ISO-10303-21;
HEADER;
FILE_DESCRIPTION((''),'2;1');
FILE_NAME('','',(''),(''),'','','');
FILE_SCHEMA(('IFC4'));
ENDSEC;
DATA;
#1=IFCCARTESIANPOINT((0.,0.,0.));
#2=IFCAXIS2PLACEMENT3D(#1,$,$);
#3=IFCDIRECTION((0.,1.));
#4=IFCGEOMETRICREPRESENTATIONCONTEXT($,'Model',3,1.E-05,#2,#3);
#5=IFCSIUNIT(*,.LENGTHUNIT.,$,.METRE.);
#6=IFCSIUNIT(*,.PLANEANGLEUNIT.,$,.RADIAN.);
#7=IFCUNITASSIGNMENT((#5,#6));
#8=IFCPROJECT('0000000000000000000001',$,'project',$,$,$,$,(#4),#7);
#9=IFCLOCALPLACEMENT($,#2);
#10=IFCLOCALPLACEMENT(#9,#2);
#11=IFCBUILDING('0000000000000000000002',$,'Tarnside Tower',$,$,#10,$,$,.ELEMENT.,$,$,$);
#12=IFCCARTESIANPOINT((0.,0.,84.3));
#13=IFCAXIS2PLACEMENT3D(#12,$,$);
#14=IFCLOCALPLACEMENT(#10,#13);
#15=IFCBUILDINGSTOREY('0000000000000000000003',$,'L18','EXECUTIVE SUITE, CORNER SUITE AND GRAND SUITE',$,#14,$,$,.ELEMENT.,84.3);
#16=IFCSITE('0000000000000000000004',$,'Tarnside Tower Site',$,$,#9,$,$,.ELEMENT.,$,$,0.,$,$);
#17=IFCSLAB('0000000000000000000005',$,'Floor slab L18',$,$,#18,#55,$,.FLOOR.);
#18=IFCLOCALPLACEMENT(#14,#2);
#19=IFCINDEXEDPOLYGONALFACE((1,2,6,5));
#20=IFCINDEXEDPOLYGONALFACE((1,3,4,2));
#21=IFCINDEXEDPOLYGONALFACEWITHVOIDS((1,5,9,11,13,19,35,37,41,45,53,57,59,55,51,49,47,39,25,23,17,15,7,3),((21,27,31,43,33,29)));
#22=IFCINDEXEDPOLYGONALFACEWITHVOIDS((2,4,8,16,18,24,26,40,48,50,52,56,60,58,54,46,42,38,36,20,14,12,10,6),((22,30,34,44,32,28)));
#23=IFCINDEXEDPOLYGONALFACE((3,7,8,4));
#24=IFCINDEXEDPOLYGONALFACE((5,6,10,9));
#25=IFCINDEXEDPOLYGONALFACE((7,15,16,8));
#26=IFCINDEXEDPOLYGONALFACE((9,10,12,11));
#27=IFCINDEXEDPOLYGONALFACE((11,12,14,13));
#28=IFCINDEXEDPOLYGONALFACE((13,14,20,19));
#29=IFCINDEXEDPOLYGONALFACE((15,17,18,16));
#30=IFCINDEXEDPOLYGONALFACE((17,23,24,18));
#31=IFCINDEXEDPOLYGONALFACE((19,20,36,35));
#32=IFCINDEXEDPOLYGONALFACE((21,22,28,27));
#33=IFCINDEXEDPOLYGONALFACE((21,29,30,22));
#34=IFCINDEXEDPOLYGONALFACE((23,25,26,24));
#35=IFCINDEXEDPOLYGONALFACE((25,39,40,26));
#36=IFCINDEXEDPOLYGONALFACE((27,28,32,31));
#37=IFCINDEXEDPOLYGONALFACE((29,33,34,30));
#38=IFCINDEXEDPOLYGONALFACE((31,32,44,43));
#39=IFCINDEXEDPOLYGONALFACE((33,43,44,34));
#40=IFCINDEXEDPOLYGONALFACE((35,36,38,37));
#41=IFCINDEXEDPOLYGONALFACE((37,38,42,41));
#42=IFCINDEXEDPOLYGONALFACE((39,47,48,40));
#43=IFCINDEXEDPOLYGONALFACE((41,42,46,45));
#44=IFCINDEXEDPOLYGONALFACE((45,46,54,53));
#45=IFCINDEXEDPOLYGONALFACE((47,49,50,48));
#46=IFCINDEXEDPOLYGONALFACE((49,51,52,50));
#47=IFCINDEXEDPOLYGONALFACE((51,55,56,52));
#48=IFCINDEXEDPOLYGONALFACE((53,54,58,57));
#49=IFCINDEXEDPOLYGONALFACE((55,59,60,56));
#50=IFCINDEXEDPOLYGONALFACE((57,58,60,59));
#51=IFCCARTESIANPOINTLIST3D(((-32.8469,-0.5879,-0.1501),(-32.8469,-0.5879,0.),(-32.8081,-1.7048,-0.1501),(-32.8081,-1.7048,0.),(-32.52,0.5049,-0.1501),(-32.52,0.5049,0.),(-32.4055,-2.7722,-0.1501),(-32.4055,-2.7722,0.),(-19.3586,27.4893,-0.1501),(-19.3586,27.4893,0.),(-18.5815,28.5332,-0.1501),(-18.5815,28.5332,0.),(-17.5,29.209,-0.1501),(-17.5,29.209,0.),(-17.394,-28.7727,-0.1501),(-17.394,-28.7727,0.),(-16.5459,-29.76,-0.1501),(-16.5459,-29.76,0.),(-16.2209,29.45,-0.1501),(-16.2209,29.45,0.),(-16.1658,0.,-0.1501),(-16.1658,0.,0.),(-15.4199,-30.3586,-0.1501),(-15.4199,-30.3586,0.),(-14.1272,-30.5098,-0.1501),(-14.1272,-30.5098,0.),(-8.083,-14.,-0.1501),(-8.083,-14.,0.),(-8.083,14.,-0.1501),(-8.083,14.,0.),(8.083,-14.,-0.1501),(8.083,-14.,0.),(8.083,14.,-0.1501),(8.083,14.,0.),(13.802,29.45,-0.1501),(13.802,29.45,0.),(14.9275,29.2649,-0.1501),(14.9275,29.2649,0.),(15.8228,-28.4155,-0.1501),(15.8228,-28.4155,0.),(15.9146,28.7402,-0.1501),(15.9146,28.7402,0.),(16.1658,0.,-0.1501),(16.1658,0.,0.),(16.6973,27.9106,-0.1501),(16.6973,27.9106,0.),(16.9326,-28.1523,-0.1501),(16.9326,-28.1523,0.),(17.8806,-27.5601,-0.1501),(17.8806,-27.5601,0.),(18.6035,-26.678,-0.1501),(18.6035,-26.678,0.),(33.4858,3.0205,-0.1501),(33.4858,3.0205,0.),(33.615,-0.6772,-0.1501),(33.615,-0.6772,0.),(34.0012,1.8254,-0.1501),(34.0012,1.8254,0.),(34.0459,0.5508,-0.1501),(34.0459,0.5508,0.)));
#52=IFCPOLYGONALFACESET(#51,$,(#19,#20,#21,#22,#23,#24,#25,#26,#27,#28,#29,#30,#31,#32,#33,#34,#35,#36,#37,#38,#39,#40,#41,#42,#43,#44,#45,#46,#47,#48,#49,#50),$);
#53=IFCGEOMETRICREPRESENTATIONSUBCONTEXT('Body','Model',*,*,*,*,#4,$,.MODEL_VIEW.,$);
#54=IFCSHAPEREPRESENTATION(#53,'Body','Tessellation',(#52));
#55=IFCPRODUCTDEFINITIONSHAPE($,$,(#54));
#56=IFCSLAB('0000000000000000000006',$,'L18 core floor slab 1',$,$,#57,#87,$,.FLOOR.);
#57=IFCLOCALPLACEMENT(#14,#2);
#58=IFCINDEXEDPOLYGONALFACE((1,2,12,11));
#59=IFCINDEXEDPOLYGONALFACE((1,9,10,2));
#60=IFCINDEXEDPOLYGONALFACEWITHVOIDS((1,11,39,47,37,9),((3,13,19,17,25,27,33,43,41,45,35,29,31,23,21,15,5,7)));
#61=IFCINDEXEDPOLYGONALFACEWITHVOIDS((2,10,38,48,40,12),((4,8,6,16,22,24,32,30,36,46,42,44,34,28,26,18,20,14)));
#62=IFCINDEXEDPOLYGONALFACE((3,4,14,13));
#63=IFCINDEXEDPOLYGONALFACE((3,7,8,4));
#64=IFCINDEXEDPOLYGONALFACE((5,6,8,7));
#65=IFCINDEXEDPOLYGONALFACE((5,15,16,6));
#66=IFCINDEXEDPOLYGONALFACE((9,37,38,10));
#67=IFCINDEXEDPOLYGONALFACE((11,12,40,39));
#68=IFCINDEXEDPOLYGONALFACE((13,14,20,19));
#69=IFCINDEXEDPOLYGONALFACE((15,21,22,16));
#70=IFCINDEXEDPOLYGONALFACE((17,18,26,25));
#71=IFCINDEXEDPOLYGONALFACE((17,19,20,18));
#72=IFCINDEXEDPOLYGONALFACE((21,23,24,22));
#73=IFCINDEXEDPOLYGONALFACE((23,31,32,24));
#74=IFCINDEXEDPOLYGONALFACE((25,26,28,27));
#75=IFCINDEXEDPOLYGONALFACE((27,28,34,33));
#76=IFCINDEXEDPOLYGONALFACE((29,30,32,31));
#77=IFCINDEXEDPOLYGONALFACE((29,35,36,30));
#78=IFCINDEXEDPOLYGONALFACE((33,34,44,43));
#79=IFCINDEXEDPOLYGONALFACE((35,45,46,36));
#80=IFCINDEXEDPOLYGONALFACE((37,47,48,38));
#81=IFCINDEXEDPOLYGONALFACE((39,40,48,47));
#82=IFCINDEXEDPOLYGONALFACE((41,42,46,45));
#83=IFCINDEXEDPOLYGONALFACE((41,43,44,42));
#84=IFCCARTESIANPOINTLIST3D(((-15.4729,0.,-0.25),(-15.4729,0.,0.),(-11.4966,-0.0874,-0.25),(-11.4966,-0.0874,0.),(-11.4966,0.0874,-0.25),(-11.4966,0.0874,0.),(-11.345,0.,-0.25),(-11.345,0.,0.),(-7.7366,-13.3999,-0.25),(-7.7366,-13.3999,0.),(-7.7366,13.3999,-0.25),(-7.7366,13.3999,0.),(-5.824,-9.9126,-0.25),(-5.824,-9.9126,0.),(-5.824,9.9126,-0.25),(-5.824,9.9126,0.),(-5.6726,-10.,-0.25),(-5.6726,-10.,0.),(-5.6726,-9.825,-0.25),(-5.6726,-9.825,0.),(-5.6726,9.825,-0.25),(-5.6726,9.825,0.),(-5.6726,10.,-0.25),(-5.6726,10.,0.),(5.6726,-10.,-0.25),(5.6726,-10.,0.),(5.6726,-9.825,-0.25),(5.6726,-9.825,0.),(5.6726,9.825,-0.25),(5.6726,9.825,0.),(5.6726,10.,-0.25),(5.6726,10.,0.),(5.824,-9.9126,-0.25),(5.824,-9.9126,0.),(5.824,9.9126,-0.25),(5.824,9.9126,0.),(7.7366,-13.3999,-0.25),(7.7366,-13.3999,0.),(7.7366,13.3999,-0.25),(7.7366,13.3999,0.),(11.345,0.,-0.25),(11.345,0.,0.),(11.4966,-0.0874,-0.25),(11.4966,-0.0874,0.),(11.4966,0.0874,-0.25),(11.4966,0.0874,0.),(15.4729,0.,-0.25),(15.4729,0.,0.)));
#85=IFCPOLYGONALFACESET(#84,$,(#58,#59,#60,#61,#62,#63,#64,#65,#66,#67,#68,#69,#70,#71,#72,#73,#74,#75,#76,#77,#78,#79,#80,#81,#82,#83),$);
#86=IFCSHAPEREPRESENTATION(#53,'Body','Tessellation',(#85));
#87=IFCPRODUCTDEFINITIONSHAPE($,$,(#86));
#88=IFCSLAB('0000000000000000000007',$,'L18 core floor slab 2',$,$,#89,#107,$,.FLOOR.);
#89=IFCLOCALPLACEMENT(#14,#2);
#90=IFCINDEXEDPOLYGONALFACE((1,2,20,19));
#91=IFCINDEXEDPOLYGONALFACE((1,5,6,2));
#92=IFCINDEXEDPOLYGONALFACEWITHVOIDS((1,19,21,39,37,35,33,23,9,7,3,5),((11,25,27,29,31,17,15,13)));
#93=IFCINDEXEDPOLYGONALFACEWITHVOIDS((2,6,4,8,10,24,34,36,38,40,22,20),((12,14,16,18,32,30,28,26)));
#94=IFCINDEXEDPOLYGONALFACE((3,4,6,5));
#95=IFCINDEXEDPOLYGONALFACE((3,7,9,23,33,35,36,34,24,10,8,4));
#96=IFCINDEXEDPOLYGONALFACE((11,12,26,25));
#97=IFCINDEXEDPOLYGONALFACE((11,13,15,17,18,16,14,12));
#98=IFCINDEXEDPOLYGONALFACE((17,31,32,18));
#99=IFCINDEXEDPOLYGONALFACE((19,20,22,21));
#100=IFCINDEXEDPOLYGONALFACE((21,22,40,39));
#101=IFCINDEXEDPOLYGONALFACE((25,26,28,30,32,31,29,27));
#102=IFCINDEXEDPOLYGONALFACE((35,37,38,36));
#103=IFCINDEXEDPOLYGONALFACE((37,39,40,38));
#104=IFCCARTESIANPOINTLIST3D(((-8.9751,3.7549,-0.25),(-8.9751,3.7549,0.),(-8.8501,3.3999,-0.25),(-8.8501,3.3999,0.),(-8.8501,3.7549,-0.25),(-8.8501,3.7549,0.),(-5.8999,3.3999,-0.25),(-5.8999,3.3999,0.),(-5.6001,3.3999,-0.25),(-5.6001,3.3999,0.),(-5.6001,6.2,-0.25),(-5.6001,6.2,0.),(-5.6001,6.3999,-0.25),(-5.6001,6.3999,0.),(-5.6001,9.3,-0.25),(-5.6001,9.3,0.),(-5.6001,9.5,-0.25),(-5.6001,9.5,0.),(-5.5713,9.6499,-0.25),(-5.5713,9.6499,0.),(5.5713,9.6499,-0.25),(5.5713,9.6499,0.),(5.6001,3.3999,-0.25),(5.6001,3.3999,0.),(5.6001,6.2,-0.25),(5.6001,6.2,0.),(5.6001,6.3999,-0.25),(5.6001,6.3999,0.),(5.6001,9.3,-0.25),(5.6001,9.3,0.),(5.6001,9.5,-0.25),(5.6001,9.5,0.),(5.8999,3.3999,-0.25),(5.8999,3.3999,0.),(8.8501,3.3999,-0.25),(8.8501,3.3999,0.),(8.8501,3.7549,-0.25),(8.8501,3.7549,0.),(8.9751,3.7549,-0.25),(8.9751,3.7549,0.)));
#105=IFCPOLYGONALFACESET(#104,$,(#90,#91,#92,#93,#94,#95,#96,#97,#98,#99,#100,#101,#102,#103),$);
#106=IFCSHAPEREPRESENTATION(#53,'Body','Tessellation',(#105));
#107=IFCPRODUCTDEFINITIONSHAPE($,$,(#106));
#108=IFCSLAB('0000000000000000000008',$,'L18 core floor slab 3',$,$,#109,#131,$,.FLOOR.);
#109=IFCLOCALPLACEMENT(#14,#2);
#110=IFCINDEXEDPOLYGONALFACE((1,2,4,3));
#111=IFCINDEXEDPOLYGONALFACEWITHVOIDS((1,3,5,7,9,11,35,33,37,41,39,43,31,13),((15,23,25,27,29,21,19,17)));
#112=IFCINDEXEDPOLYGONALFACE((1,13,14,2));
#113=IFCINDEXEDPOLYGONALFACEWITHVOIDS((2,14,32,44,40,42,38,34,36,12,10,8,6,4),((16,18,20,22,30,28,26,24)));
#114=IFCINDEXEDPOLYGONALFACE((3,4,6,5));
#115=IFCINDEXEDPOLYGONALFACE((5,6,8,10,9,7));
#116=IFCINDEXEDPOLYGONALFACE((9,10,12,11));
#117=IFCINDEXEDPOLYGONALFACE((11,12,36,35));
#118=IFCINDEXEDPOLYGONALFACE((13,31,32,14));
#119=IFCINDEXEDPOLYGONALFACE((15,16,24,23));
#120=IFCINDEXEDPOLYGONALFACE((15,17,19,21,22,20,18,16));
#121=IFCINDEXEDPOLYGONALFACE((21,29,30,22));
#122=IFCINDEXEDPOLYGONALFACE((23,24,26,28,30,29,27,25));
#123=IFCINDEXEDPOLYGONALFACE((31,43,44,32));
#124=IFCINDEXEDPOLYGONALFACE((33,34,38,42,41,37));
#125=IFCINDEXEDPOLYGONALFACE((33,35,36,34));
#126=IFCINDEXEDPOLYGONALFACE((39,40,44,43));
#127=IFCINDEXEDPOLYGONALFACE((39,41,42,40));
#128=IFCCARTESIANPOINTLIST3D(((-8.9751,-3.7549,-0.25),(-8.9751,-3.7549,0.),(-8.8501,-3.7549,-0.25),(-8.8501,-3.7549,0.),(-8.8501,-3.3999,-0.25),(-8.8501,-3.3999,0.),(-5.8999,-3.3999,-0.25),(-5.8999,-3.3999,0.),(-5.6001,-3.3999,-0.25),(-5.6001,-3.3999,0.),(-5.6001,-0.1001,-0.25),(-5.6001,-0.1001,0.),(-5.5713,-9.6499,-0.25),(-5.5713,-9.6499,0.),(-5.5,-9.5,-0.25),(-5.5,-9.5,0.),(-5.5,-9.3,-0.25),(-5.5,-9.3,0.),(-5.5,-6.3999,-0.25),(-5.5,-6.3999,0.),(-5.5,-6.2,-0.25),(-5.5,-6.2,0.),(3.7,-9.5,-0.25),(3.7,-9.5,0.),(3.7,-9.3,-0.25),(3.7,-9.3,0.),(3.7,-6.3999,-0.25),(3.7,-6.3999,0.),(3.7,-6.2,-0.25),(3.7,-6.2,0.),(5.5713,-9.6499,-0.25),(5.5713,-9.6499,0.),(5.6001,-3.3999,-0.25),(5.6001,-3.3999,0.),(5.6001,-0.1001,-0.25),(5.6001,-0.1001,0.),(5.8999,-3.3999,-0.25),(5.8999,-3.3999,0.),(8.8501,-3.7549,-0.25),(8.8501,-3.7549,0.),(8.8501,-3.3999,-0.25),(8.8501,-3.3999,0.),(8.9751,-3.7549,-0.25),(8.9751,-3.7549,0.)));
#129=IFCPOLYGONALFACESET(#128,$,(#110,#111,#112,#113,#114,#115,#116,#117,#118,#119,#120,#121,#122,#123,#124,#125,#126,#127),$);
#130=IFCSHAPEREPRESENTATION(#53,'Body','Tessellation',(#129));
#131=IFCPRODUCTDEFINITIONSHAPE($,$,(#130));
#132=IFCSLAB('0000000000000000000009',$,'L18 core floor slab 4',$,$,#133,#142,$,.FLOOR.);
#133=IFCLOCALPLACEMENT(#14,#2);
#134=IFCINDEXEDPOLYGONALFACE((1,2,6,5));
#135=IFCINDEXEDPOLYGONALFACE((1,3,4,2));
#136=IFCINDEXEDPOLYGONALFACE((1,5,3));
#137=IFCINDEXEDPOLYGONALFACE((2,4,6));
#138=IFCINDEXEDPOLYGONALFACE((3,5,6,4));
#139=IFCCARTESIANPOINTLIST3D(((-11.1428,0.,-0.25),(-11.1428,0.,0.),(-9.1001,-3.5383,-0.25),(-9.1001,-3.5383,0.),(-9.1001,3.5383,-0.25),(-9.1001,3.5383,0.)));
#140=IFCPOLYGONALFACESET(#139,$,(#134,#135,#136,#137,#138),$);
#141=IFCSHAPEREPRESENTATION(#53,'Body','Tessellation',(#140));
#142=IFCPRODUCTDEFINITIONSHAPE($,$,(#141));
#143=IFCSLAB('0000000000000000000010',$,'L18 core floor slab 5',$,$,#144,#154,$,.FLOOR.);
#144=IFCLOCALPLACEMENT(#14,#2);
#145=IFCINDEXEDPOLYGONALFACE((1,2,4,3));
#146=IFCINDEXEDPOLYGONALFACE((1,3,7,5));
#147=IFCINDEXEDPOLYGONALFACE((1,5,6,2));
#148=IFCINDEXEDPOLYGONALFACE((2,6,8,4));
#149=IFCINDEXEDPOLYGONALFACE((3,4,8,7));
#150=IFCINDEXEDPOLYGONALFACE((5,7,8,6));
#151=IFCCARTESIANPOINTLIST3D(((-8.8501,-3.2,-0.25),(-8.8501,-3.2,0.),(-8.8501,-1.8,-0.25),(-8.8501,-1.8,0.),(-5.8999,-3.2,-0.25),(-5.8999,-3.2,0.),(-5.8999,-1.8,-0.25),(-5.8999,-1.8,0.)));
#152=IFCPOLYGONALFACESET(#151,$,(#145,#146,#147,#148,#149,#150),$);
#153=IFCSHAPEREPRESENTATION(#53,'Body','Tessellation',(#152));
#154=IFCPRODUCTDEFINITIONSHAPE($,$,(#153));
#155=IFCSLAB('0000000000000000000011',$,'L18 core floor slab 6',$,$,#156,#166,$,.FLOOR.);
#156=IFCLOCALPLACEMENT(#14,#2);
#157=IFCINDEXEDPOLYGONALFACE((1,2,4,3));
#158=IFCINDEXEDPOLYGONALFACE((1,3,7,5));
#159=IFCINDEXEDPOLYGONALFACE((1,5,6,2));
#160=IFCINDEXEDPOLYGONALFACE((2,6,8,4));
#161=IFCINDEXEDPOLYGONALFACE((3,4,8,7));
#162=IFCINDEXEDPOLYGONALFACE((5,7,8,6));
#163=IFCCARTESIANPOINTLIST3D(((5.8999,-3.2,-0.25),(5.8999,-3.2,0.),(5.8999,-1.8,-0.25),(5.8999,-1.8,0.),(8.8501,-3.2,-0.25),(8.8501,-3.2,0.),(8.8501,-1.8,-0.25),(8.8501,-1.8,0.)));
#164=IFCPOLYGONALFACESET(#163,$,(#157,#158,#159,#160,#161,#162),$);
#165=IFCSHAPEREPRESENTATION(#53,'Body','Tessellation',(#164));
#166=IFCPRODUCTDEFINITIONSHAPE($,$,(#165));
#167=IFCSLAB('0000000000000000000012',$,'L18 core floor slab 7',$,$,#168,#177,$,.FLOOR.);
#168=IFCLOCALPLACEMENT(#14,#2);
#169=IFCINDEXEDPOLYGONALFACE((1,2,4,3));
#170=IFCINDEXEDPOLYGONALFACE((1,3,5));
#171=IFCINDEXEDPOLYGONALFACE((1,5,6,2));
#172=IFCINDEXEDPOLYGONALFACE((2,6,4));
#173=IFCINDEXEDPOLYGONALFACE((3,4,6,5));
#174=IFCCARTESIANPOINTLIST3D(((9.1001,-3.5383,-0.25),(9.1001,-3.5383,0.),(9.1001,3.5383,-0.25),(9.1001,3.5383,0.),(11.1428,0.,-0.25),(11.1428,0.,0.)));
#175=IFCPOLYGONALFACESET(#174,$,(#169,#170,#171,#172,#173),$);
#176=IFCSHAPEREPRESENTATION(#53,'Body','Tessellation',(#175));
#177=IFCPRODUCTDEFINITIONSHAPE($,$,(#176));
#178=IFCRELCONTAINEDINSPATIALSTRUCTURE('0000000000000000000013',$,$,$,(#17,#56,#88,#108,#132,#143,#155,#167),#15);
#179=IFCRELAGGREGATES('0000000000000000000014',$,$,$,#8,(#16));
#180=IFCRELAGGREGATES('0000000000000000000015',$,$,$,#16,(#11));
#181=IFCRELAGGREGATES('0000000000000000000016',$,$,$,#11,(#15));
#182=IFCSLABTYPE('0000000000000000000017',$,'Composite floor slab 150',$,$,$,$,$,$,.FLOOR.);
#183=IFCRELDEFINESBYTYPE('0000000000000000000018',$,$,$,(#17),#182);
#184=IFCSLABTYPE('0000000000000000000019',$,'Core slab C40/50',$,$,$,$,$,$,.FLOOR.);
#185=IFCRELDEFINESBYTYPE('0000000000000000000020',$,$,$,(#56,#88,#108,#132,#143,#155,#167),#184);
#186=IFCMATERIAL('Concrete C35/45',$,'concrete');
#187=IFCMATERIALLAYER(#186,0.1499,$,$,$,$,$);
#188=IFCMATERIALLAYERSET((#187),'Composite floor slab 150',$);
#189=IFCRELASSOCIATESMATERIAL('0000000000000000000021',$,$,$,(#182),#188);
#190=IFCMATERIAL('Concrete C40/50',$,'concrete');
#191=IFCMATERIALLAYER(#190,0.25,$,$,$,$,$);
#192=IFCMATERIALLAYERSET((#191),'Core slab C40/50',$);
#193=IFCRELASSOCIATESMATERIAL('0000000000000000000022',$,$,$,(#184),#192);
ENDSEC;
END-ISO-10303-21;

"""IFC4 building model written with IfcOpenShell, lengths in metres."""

from ifc_helpers import new_model, si_unit, direction, frame, origin, place, context, subcontext, project, spatial, polyline, outline, extrude, material, layer, layer_set, type_object, element, save


model = new_model("IFC4")

# Units and contexts
model_context = context("Model", 3, precision=1e-05, world=origin(), true_north=direction((0.0, 1.0)))
body_context = subcontext(model_context, "Body", "Model", "MODEL_VIEW")
ifc_project = project(units=[si_unit("LENGTHUNIT", "METRE"), si_unit("PLANEANGLEUNIT", "RADIAN")], contexts=[model_context])

# Site, building, storey
site_placement = place(None, origin())
site = spatial("IfcSite", under=ifc_project, at=site_placement, Name="Tarnside Tower Site", CompositionType="ELEMENT", RefElevation=0.0)
building_placement = place(site_placement, origin())
building = spatial("IfcBuilding", under=site, at=building_placement, Name="Tarnside Tower", CompositionType="ELEMENT")
storey_placement = place(building_placement, frame((0.0, 0.0, 84.3)))
storey = spatial("IfcBuildingStorey", under=building, at=storey_placement, Name="L18", Description="EXECUTIVE SUITE, CORNER SUITE AND GRAND SUITE", CompositionType="ELEMENT", Elevation=84.3)

# Slabs
ifc_material_1 = material(Name="Concrete C35/45", Category="concrete")
ifc_layer_1 = layer(ifc_material_1, 0.1499)
ifc_layer_set_1 = layer_set([ifc_layer_1], Name="Composite floor slab 150")
slab_type_1 = type_object("IfcSlabType", Name="Composite floor slab 150", PredefinedType="FLOOR", material=ifc_layer_set_1)
slab_1_placement = place(storey_placement, frame((0.0, 0.0, -0.1501)))
element("IfcSlab", 1, at=slab_1_placement, inside=storey, type_object=slab_type_1, Name="Floor slab L18", PredefinedType="FLOOR", context=body_context, shape_type="SweptSolid", body=[
    extrude(outline(polyline([(14.9275, 29.2649), (15.9146, 28.7402), (16.6973, 27.9106), (33.4858, 3.0205), (34.0012, 1.8254), (34.0459, 0.5508), (33.615, -0.6772), (18.6035, -26.678), (17.8806, -27.5601), (16.9326, -28.1523), (15.8228, -28.4155), (-14.1272, -30.5098), (-15.4199, -30.3586), (-16.5459, -29.76), (-17.394, -28.7727), (-32.4055, -2.7722), (-32.8081, -1.7048), (-32.8469, -0.5879), (-32.52, 0.5049), (-19.3586, 27.4893), (-18.5815, 28.5332), (-17.5, 29.209), (-16.2209, 29.45), (13.802, 29.45), (14.9275, 29.2649)]), holes=[polyline([(-16.1658, 0.0), (-8.083, -14.0), (8.083, -14.0), (16.1658, 0.0), (8.083, 14.0), (-8.083, 14.0), (-16.1658, 0.0)])]), origin(), (0.0, 0.0, 1.0), 0.1501),
])
ifc_material_2 = material(Name="Concrete C40/50", Category="concrete")
ifc_layer_2 = layer(ifc_material_2, 0.25)
ifc_layer_set_2 = layer_set([ifc_layer_2], Name="Core slab C40/50")
slab_type_2 = type_object("IfcSlabType", Name="Core slab C40/50", PredefinedType="FLOOR", material=ifc_layer_set_2)
slab_2_placement = place(storey_placement, frame((0.0, 0.0, -0.25)))
element("IfcSlab", 2, at=slab_2_placement, inside=storey, type_object=slab_type_2, Name="L18 core floor slab 1", PredefinedType="FLOOR", context=body_context, shape_type="SweptSolid", body=[
    extrude(outline(polyline([(-15.4729, 0.0), (-7.7366, 13.3999), (7.7366, 13.3999), (15.4729, 0.0), (7.7366, -13.3999), (-7.7366, -13.3999), (-15.4729, 0.0)]), holes=[polyline([(5.824, -9.9126), (11.4966, -0.0874), (11.345, 0.0), (11.4966, 0.0874), (5.824, 9.9126), (5.6726, 9.825), (5.6726, 10.0), (-5.6726, 10.0), (-5.6726, 9.825), (-5.824, 9.9126), (-11.4966, 0.0874), (-11.345, 0.0), (-11.4966, -0.0874), (-5.824, -9.9126), (-5.6726, -9.825), (-5.6726, -10.0), (5.6726, -10.0), (5.6726, -9.825), (5.824, -9.9126)])]), origin(), (0.0, 0.0, 1.0), 0.25),
])
slab_3_placement = place(storey_placement, frame((0.0, 0.0, -0.25)))
element("IfcSlab", 3, at=slab_3_placement, inside=storey, type_object=slab_type_2, Name="L18 core floor slab 2", PredefinedType="FLOOR", context=body_context, shape_type="SweptSolid", body=[
    extrude(outline(polyline([(-8.9751, 3.7549), (-5.5713, 9.6499), (5.5713, 9.6499), (8.9751, 3.7549), (8.8501, 3.7549), (8.8501, 3.3999), (5.8999, 3.3999), (5.6001, 3.3999), (5.6001, 3.3999), (-5.6001, 3.3999), (-5.8999, 3.3999), (-8.8501, 3.3999), (-8.8501, 3.7549), (-8.9751, 3.7549)]), holes=[polyline([(-5.6001, 6.2), (5.6001, 6.2), (5.6001, 6.3999), (5.6001, 9.3), (5.6001, 9.5), (-5.6001, 9.5), (-5.6001, 9.3), (-5.6001, 6.3999), (-5.6001, 6.2)])]), origin(), (0.0, 0.0, 1.0), 0.25),
])
slab_4_placement = place(storey_placement, frame((0.0, 0.0, -0.25)))
element("IfcSlab", 4, at=slab_4_placement, inside=storey, type_object=slab_type_2, Name="L18 core floor slab 3", PredefinedType="FLOOR", context=body_context, shape_type="SweptSolid", body=[
    extrude(outline(polyline([(5.6001, -3.3999), (5.8999, -3.3999), (8.8501, -3.3999), (8.8501, -3.7549), (8.9751, -3.7549), (5.5713, -9.6499), (-5.5713, -9.6499), (-8.9751, -3.7549), (-8.8501, -3.7549), (-8.8501, -3.3999), (-5.8999, -3.3999), (-5.6001, -3.3999), (-5.6001, -0.1001), (5.6001, -0.1001), (5.6001, -3.3999)]), holes=[polyline([(-5.5, -9.3), (-5.5, -9.5), (3.7, -9.5), (3.7, -9.3), (3.7, -6.3999), (3.7, -6.2), (-5.5, -6.2), (-5.5, -6.3999), (-5.5, -9.3)])]), origin(), (0.0, 0.0, 1.0), 0.25),
])
slab_5_placement = place(storey_placement, frame((0.0, 0.0, -0.25)))
element("IfcSlab", 5, at=slab_5_placement, inside=storey, type_object=slab_type_2, Name="L18 core floor slab 4", PredefinedType="FLOOR", context=body_context, shape_type="SweptSolid", body=[
    extrude(outline(polyline([(-11.1428, 0.0), (-9.1001, 3.5383), (-9.1001, -3.5383), (-11.1428, 0.0)])), origin(), (0.0, 0.0, 1.0), 0.25),
])
slab_6_placement = place(storey_placement, frame((0.0, 0.0, -0.25)))
element("IfcSlab", 6, at=slab_6_placement, inside=storey, type_object=slab_type_2, Name="L18 core floor slab 5", PredefinedType="FLOOR", context=body_context, shape_type="SweptSolid", body=[
    extrude(outline(polyline([(-8.8501, -1.8), (-5.8999, -1.8), (-5.8999, -3.2), (-8.8501, -3.2), (-8.8501, -1.8)])), origin(), (0.0, 0.0, 1.0), 0.25),
])
slab_7_placement = place(storey_placement, frame((0.0, 0.0, -0.25)))
element("IfcSlab", 7, at=slab_7_placement, inside=storey, type_object=slab_type_2, Name="L18 core floor slab 6", PredefinedType="FLOOR", context=body_context, shape_type="SweptSolid", body=[
    extrude(outline(polyline([(5.8999, -3.2), (5.8999, -1.8), (8.8501, -1.8), (8.8501, -3.2), (5.8999, -3.2)])), origin(), (0.0, 0.0, 1.0), 0.25),
])
slab_8_placement = place(storey_placement, frame((0.0, 0.0, -0.25)))
element("IfcSlab", 8, at=slab_8_placement, inside=storey, type_object=slab_type_2, Name="L18 core floor slab 7", PredefinedType="FLOOR", context=body_context, shape_type="SweptSolid", body=[
    extrude(outline(polyline([(9.1001, -3.5383), (9.1001, 3.5383), (11.1428, 0.0), (9.1001, -3.5383)])), origin(), (0.0, 0.0, 1.0), 0.25),
])

save(model, "model.ifc")
